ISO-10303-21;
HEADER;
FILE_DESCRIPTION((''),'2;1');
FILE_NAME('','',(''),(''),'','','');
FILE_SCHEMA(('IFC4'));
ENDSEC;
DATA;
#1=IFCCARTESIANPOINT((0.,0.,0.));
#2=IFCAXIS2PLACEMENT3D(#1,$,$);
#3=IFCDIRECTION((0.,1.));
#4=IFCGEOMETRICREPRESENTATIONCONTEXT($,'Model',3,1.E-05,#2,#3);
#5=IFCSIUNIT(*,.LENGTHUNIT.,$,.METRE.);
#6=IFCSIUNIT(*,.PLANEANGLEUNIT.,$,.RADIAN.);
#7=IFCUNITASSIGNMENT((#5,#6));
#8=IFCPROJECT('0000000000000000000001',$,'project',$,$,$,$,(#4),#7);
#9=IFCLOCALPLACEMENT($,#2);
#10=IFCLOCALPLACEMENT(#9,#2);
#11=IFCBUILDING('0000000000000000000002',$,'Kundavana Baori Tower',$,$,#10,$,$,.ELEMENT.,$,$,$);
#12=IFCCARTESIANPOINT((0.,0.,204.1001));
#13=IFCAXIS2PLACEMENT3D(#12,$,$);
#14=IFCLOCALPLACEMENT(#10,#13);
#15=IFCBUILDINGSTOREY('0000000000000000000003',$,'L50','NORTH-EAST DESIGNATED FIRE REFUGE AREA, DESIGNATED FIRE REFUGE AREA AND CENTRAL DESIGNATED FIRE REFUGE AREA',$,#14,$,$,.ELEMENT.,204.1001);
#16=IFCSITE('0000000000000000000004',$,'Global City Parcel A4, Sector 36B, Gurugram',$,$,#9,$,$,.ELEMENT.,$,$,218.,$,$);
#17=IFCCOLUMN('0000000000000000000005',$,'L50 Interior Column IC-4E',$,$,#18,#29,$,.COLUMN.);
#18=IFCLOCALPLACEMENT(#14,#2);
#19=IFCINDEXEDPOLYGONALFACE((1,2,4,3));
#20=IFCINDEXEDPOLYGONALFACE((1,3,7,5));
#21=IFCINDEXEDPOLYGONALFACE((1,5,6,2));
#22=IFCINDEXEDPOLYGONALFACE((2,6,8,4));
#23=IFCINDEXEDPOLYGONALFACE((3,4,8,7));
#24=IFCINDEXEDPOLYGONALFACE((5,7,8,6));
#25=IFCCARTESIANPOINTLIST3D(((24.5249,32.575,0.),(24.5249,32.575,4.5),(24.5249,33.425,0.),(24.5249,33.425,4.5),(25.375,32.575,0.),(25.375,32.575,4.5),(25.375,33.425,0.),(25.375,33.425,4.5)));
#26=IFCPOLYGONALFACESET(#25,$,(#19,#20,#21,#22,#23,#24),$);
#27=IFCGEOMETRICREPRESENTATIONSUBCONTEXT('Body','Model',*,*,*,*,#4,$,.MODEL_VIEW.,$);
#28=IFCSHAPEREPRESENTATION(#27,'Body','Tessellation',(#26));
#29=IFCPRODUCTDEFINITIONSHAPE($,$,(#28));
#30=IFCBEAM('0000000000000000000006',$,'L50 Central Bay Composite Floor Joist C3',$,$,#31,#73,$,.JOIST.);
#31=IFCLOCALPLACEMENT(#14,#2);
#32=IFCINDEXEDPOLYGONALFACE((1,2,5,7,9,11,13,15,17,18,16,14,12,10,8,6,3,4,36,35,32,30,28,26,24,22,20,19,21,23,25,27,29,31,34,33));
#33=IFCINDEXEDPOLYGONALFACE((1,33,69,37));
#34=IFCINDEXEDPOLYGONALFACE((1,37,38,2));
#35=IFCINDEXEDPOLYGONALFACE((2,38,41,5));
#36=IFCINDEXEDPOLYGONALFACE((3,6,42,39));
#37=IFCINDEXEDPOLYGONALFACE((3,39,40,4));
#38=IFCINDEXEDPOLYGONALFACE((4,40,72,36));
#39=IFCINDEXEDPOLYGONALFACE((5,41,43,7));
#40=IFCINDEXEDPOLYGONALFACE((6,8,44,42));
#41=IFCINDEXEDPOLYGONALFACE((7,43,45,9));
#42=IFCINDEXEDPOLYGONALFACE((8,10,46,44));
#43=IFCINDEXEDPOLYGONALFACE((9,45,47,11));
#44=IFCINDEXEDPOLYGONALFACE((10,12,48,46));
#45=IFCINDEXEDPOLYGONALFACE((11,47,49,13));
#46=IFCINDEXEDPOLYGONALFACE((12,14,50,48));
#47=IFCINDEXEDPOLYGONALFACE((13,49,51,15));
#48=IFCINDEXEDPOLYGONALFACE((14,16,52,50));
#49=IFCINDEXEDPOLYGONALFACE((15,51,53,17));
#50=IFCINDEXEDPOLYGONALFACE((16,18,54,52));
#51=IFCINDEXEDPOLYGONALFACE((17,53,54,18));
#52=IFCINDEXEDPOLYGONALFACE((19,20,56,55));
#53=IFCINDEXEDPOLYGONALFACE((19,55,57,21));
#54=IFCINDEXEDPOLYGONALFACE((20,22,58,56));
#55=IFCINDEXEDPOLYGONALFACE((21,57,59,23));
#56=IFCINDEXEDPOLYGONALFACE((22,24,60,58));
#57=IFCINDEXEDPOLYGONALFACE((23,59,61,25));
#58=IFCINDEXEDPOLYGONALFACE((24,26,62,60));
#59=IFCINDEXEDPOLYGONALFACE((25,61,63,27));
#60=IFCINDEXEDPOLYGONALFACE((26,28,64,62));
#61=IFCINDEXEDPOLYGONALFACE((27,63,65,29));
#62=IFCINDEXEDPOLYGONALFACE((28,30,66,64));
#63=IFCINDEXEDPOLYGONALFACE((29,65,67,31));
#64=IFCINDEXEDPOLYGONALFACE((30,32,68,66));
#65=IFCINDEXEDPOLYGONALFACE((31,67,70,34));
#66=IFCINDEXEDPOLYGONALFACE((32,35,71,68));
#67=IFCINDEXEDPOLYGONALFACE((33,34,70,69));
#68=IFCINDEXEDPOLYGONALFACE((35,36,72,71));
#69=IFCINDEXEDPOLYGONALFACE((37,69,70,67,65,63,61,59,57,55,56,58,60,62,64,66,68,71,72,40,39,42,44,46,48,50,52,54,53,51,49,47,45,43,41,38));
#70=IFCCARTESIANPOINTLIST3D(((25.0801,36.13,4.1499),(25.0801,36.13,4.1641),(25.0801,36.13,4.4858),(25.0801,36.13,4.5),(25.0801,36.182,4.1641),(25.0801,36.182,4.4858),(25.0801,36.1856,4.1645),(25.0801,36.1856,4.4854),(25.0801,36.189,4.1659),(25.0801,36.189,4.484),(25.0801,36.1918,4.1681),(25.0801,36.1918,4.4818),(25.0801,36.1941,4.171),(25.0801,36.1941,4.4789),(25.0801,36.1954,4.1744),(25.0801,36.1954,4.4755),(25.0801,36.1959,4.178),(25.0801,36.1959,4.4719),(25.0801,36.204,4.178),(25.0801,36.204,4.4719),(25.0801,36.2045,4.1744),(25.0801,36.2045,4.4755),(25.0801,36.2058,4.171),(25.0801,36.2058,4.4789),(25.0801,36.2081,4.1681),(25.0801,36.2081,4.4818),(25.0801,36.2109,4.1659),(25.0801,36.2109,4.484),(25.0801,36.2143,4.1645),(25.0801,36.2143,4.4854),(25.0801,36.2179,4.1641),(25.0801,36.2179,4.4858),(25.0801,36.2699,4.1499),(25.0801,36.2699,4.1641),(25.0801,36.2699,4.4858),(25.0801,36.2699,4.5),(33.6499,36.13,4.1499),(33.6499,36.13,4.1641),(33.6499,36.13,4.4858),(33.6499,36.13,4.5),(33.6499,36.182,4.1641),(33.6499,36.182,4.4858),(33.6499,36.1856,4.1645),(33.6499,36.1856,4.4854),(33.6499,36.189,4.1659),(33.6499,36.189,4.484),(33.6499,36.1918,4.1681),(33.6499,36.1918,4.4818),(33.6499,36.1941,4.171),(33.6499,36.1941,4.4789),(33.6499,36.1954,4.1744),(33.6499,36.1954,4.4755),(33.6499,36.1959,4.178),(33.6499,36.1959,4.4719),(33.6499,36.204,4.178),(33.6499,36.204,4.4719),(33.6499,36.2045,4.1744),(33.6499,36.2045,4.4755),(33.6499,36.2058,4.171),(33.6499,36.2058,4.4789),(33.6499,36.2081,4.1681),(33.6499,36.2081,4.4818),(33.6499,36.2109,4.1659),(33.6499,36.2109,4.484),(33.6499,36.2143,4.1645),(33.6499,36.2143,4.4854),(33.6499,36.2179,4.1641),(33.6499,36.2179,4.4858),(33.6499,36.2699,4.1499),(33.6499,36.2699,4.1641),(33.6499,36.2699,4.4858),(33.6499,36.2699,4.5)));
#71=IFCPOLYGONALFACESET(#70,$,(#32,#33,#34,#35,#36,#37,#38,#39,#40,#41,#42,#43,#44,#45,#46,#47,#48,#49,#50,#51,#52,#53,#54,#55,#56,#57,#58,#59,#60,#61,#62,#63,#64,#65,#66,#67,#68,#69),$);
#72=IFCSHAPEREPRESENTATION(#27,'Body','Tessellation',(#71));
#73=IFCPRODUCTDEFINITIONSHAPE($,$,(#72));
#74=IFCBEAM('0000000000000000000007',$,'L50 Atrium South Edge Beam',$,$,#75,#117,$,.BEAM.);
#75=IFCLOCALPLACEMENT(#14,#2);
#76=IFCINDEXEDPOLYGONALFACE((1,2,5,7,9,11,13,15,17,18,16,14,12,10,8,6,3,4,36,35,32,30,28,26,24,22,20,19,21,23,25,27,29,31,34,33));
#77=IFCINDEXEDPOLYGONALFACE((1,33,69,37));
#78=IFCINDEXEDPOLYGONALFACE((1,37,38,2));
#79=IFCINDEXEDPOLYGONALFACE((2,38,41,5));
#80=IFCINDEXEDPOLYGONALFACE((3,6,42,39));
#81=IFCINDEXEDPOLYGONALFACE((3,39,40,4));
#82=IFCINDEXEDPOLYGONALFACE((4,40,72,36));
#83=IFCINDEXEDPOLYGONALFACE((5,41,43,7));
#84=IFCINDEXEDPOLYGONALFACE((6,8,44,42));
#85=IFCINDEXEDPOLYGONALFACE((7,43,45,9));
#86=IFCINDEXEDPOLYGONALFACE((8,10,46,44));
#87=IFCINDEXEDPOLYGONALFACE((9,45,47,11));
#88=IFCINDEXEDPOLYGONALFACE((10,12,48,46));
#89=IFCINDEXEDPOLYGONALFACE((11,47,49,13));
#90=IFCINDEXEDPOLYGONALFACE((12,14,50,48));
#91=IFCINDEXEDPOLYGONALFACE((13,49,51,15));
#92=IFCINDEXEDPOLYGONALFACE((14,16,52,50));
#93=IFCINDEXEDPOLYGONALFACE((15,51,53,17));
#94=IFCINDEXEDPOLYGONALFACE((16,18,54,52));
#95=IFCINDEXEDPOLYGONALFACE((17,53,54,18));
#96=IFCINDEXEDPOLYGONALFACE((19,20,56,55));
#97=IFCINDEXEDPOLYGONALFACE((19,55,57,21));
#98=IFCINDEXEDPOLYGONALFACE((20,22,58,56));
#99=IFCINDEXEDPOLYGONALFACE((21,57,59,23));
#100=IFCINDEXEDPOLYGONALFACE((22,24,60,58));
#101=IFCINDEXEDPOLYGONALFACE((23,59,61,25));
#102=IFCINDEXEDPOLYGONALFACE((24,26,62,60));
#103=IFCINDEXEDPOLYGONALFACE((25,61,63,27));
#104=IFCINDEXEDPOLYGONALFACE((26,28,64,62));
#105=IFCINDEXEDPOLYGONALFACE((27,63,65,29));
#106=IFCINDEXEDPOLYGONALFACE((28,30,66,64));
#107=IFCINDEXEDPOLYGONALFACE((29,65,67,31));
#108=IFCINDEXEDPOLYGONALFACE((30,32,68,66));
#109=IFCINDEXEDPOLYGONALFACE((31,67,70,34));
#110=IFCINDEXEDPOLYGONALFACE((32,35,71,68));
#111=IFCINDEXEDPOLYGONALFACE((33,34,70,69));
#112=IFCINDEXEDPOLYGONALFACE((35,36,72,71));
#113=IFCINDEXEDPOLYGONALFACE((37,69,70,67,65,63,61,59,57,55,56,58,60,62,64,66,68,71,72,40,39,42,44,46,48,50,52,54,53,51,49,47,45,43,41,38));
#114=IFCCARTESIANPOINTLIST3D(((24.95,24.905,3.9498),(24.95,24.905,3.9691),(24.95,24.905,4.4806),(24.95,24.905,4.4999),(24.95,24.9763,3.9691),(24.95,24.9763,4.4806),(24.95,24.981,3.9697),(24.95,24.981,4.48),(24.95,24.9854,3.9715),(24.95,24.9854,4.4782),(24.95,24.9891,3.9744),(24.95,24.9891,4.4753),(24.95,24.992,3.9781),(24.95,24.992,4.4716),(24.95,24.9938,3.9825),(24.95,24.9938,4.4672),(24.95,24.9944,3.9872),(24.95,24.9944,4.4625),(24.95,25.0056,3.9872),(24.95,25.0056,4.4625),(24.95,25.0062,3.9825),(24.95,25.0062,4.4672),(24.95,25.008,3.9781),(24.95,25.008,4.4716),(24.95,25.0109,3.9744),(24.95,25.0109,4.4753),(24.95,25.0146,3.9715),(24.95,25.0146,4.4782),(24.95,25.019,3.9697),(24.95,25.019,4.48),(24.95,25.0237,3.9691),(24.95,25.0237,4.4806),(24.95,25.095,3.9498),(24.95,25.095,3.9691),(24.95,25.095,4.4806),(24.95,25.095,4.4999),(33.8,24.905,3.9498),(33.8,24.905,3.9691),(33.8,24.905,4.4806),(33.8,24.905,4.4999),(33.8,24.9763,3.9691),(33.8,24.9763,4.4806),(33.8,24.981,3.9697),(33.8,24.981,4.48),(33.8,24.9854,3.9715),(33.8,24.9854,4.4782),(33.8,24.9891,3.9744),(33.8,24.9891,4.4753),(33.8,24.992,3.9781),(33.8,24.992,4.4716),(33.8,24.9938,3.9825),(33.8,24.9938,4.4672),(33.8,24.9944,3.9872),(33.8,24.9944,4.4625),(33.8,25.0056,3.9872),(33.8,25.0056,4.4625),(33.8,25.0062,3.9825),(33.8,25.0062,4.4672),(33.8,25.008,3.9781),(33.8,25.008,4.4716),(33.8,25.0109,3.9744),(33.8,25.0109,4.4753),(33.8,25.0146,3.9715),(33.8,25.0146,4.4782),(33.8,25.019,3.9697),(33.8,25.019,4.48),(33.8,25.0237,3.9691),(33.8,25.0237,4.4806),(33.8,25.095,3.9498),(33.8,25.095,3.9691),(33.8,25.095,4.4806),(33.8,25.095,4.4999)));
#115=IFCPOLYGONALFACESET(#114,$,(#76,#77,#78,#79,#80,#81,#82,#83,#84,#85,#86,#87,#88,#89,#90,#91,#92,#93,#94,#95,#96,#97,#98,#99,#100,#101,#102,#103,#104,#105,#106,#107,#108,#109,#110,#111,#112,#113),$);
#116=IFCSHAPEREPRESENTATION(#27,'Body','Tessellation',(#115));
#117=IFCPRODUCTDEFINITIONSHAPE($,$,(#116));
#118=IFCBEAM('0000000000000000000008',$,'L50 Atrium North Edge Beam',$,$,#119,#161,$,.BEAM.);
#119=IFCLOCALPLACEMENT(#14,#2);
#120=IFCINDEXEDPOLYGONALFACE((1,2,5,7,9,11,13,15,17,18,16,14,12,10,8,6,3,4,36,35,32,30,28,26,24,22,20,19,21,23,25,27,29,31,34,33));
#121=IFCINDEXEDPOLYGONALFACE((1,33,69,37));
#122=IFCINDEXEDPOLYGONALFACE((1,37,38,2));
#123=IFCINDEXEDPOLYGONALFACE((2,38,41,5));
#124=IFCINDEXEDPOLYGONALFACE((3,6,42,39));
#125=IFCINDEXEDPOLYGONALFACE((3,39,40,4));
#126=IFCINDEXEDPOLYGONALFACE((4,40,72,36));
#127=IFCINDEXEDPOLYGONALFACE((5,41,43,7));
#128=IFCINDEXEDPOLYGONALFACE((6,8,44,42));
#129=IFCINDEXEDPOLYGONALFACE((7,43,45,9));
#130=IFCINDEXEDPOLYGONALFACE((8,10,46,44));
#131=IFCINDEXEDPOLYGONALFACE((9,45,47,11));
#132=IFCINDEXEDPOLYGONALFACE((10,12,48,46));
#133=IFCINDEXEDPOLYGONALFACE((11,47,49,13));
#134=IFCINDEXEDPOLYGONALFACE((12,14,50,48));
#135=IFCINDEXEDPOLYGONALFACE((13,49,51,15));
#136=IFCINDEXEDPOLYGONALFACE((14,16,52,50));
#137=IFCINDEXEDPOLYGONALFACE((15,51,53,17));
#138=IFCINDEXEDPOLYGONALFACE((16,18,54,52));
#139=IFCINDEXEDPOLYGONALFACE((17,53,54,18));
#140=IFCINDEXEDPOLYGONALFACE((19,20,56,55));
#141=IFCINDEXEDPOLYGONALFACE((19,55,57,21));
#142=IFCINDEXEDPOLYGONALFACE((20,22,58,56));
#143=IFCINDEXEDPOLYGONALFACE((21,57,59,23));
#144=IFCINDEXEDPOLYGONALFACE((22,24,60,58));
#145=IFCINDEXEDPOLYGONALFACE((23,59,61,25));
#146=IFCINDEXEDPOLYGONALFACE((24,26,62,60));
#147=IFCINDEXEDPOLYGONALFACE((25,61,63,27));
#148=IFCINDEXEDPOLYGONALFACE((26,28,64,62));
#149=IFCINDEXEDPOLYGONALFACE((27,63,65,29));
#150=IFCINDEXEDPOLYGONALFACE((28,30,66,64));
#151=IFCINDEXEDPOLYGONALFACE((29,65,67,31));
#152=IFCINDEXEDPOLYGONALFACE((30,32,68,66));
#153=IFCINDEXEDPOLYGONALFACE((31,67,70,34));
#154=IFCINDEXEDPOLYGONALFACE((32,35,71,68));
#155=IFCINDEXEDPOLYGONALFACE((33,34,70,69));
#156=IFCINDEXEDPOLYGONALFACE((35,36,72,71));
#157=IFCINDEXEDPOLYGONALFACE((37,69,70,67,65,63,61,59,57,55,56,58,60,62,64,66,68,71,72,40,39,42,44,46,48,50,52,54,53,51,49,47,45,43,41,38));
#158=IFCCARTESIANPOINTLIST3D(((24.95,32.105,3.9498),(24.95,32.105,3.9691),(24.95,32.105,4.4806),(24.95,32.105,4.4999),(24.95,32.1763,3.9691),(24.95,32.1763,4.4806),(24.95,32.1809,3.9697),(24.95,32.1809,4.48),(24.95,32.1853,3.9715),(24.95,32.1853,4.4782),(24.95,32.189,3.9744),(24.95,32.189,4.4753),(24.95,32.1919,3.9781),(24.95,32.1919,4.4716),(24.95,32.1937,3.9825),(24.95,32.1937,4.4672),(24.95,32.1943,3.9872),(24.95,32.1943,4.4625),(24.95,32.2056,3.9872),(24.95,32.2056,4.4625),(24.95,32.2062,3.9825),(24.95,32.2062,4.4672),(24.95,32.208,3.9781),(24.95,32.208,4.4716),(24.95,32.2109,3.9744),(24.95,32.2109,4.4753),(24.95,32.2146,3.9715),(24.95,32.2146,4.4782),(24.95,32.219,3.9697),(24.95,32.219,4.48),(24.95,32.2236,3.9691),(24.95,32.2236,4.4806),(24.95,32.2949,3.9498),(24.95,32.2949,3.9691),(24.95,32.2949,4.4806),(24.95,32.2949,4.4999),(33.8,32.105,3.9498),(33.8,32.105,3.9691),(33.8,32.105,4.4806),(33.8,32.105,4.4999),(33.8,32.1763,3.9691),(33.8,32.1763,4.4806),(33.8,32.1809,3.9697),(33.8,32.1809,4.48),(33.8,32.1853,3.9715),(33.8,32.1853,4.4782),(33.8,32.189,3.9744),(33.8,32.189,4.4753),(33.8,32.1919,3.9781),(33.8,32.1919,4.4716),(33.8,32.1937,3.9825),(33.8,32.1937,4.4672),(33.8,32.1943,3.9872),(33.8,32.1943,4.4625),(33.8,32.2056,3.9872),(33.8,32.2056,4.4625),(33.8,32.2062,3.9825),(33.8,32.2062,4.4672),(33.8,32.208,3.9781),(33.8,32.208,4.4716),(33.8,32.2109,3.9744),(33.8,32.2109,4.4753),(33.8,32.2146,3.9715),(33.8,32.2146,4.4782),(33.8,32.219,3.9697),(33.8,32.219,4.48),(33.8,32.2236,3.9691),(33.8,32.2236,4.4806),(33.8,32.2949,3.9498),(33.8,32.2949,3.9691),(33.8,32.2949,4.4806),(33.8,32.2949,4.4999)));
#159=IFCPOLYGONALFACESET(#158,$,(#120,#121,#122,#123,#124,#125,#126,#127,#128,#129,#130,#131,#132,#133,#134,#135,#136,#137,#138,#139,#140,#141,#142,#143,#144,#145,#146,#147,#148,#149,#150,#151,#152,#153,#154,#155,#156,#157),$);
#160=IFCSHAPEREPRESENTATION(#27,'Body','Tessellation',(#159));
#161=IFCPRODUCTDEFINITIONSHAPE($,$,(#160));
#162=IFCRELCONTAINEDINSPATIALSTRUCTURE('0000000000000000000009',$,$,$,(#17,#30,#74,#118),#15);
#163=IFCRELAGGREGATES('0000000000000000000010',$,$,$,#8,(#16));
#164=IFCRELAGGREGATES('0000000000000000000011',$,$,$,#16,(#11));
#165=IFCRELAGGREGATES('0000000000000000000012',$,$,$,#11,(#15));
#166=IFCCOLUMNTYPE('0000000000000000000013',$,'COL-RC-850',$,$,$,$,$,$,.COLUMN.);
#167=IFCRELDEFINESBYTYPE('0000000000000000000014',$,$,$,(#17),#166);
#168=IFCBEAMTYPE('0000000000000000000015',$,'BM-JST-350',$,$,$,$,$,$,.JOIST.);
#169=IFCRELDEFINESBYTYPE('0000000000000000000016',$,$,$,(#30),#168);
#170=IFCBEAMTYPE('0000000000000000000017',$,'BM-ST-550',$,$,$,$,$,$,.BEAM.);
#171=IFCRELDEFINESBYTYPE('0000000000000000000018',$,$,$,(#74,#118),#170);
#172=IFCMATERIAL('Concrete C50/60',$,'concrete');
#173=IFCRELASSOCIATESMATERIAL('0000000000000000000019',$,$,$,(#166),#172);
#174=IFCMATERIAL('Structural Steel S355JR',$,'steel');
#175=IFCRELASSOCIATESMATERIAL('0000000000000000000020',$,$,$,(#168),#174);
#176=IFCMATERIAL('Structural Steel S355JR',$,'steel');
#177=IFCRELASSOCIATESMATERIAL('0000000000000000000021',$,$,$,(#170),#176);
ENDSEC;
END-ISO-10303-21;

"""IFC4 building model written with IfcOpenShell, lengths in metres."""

from ifc_helpers import new_model, si_unit, direction, frame, origin, origin_2d, place, context, subcontext, project, spatial, rectangle, i_section, extrude, material, material_profile, profile_set, type_object, element, save


model = new_model("IFC4")

# Units and contexts
model_context = context("Model", 3, precision=1e-05, world=origin(), true_north=direction((0.0, 1.0)))
body_context = subcontext(model_context, "Body", "Model", "MODEL_VIEW")
ifc_project = project(units=[si_unit("LENGTHUNIT", "METRE"), si_unit("PLANEANGLEUNIT", "RADIAN")], contexts=[model_context])

# Site, building, storey
site_placement = place(None, origin())
site = spatial("IfcSite", under=ifc_project, at=site_placement, Name="Global City Parcel A4, Sector 36B, Gurugram", CompositionType="ELEMENT", RefElevation=218.0)
building_placement = place(site_placement, origin())
building = spatial("IfcBuilding", under=site, at=building_placement, Name="Kundavana Baori Tower", CompositionType="ELEMENT")
storey_placement = place(building_placement, frame((0.0, 0.0, 204.1001)))
storey = spatial("IfcBuildingStorey", under=building, at=storey_placement, Name="L50", Description="NORTH-EAST DESIGNATED FIRE REFUGE AREA, DESIGNATED FIRE REFUGE AREA AND CENTRAL DESIGNATED FIRE REFUGE AREA", CompositionType="ELEMENT", Elevation=204.1001)

# Column
ifc_material_1 = material(Name="Concrete C50/60", Category="concrete")
ifc_material_profile_1 = material_profile(ifc_material_1, rectangle(XDim=0.8501, YDim=0.8501, at=origin_2d()), Name="RC 850x850")
ifc_profile_set_1 = profile_set([ifc_material_profile_1], Name="Concrete C50/60")
column_type = type_object("IfcColumnType", Name="COL-RC-850", PredefinedType="COLUMN", material=ifc_profile_set_1)
column_placement = place(storey_placement, frame((24.95, 33.0, 0.0), z_axis=(0.0, 0.0, 1.0), x_axis=(1.0, 0.0, 0.0)))
element("IfcColumn", 1, at=column_placement, inside=storey, type_object=column_type, Name="L50 Interior Column IC-4E", PredefinedType="COLUMN", context=body_context, shape_type="SweptSolid", body=[
    extrude(rectangle(XDim=0.8501, YDim=0.8501, at=origin_2d()), origin(), (0.0, 0.0, 1.0), 4.5),
])

# Beams
ifc_material_2 = material(Name="Structural Steel S355JR", Category="steel")
ifc_material_profile_2 = material_profile(ifc_material_2, i_section(OverallWidth=0.1399, OverallDepth=0.3501, WebThickness=0.0081, FlangeThickness=0.0142, FilletRadius=0.0139, at=origin_2d()), Name="ISMB 350")
ifc_profile_set_2 = profile_set([ifc_material_profile_2], Name="Structural Steel S355JR")
beam_type_1 = type_object("IfcBeamType", Name="BM-JST-350", PredefinedType="JOIST", material=ifc_profile_set_2)
beam_1_placement = place(storey_placement, frame((25.0801, 36.2, 4.325), z_axis=(1.0, 0.0, 0.0), x_axis=(0.0, 1.0, 0.0)))
element("IfcBeam", 2, at=beam_1_placement, inside=storey, type_object=beam_type_1, Name="L50 Central Bay Composite Floor Joist C3", PredefinedType="JOIST", context=body_context, shape_type="SweptSolid", body=[
    extrude(i_section(OverallWidth=0.1399, OverallDepth=0.3501, WebThickness=0.0081, FlangeThickness=0.0142, FilletRadius=0.0139, at=origin_2d()), origin(), (0.0, 0.0, 1.0), 8.5698),
])
ifc_material_3 = material(Name="Structural Steel S355JR", Category="steel")
ifc_material_profile_3 = material_profile(ifc_material_3, i_section(OverallWidth=0.1899, OverallDepth=0.55, WebThickness=0.0112, FlangeThickness=0.0193, FilletRadius=0.0181, at=origin_2d()), Name="ISMB 550")
ifc_profile_set_3 = profile_set([ifc_material_profile_3], Name="Structural Steel S355JR")
beam_type_2 = type_object("IfcBeamType", Name="BM-ST-550", PredefinedType="BEAM", material=ifc_profile_set_3)
for number, where, z_axis, x_axis, name in (
    (3, (24.95, 25.0, 4.2249), (1.0, 0.0, 0.0), (0.0, 1.0, 0.0), "L50 Atrium South Edge Beam"),
    (4, (24.95, 32.2, 4.2249), (1.0, 0.0, 0.0), (0.0, 1.0, 0.0), "L50 Atrium North Edge Beam"),
):
    element("IfcBeam", number, at=place(storey_placement, frame(where, z_axis=z_axis, x_axis=x_axis)), inside=storey, type_object=beam_type_2, Name=name, PredefinedType="BEAM", context=body_context, shape_type="SweptSolid", body=[
        extrude(i_section(OverallWidth=0.1899, OverallDepth=0.55, WebThickness=0.0112, FlangeThickness=0.0193, FilletRadius=0.0181, at=origin_2d()), origin(), (0.0, 0.0, 1.0), 8.8501),
    ])

save(model, "model.ifc")
